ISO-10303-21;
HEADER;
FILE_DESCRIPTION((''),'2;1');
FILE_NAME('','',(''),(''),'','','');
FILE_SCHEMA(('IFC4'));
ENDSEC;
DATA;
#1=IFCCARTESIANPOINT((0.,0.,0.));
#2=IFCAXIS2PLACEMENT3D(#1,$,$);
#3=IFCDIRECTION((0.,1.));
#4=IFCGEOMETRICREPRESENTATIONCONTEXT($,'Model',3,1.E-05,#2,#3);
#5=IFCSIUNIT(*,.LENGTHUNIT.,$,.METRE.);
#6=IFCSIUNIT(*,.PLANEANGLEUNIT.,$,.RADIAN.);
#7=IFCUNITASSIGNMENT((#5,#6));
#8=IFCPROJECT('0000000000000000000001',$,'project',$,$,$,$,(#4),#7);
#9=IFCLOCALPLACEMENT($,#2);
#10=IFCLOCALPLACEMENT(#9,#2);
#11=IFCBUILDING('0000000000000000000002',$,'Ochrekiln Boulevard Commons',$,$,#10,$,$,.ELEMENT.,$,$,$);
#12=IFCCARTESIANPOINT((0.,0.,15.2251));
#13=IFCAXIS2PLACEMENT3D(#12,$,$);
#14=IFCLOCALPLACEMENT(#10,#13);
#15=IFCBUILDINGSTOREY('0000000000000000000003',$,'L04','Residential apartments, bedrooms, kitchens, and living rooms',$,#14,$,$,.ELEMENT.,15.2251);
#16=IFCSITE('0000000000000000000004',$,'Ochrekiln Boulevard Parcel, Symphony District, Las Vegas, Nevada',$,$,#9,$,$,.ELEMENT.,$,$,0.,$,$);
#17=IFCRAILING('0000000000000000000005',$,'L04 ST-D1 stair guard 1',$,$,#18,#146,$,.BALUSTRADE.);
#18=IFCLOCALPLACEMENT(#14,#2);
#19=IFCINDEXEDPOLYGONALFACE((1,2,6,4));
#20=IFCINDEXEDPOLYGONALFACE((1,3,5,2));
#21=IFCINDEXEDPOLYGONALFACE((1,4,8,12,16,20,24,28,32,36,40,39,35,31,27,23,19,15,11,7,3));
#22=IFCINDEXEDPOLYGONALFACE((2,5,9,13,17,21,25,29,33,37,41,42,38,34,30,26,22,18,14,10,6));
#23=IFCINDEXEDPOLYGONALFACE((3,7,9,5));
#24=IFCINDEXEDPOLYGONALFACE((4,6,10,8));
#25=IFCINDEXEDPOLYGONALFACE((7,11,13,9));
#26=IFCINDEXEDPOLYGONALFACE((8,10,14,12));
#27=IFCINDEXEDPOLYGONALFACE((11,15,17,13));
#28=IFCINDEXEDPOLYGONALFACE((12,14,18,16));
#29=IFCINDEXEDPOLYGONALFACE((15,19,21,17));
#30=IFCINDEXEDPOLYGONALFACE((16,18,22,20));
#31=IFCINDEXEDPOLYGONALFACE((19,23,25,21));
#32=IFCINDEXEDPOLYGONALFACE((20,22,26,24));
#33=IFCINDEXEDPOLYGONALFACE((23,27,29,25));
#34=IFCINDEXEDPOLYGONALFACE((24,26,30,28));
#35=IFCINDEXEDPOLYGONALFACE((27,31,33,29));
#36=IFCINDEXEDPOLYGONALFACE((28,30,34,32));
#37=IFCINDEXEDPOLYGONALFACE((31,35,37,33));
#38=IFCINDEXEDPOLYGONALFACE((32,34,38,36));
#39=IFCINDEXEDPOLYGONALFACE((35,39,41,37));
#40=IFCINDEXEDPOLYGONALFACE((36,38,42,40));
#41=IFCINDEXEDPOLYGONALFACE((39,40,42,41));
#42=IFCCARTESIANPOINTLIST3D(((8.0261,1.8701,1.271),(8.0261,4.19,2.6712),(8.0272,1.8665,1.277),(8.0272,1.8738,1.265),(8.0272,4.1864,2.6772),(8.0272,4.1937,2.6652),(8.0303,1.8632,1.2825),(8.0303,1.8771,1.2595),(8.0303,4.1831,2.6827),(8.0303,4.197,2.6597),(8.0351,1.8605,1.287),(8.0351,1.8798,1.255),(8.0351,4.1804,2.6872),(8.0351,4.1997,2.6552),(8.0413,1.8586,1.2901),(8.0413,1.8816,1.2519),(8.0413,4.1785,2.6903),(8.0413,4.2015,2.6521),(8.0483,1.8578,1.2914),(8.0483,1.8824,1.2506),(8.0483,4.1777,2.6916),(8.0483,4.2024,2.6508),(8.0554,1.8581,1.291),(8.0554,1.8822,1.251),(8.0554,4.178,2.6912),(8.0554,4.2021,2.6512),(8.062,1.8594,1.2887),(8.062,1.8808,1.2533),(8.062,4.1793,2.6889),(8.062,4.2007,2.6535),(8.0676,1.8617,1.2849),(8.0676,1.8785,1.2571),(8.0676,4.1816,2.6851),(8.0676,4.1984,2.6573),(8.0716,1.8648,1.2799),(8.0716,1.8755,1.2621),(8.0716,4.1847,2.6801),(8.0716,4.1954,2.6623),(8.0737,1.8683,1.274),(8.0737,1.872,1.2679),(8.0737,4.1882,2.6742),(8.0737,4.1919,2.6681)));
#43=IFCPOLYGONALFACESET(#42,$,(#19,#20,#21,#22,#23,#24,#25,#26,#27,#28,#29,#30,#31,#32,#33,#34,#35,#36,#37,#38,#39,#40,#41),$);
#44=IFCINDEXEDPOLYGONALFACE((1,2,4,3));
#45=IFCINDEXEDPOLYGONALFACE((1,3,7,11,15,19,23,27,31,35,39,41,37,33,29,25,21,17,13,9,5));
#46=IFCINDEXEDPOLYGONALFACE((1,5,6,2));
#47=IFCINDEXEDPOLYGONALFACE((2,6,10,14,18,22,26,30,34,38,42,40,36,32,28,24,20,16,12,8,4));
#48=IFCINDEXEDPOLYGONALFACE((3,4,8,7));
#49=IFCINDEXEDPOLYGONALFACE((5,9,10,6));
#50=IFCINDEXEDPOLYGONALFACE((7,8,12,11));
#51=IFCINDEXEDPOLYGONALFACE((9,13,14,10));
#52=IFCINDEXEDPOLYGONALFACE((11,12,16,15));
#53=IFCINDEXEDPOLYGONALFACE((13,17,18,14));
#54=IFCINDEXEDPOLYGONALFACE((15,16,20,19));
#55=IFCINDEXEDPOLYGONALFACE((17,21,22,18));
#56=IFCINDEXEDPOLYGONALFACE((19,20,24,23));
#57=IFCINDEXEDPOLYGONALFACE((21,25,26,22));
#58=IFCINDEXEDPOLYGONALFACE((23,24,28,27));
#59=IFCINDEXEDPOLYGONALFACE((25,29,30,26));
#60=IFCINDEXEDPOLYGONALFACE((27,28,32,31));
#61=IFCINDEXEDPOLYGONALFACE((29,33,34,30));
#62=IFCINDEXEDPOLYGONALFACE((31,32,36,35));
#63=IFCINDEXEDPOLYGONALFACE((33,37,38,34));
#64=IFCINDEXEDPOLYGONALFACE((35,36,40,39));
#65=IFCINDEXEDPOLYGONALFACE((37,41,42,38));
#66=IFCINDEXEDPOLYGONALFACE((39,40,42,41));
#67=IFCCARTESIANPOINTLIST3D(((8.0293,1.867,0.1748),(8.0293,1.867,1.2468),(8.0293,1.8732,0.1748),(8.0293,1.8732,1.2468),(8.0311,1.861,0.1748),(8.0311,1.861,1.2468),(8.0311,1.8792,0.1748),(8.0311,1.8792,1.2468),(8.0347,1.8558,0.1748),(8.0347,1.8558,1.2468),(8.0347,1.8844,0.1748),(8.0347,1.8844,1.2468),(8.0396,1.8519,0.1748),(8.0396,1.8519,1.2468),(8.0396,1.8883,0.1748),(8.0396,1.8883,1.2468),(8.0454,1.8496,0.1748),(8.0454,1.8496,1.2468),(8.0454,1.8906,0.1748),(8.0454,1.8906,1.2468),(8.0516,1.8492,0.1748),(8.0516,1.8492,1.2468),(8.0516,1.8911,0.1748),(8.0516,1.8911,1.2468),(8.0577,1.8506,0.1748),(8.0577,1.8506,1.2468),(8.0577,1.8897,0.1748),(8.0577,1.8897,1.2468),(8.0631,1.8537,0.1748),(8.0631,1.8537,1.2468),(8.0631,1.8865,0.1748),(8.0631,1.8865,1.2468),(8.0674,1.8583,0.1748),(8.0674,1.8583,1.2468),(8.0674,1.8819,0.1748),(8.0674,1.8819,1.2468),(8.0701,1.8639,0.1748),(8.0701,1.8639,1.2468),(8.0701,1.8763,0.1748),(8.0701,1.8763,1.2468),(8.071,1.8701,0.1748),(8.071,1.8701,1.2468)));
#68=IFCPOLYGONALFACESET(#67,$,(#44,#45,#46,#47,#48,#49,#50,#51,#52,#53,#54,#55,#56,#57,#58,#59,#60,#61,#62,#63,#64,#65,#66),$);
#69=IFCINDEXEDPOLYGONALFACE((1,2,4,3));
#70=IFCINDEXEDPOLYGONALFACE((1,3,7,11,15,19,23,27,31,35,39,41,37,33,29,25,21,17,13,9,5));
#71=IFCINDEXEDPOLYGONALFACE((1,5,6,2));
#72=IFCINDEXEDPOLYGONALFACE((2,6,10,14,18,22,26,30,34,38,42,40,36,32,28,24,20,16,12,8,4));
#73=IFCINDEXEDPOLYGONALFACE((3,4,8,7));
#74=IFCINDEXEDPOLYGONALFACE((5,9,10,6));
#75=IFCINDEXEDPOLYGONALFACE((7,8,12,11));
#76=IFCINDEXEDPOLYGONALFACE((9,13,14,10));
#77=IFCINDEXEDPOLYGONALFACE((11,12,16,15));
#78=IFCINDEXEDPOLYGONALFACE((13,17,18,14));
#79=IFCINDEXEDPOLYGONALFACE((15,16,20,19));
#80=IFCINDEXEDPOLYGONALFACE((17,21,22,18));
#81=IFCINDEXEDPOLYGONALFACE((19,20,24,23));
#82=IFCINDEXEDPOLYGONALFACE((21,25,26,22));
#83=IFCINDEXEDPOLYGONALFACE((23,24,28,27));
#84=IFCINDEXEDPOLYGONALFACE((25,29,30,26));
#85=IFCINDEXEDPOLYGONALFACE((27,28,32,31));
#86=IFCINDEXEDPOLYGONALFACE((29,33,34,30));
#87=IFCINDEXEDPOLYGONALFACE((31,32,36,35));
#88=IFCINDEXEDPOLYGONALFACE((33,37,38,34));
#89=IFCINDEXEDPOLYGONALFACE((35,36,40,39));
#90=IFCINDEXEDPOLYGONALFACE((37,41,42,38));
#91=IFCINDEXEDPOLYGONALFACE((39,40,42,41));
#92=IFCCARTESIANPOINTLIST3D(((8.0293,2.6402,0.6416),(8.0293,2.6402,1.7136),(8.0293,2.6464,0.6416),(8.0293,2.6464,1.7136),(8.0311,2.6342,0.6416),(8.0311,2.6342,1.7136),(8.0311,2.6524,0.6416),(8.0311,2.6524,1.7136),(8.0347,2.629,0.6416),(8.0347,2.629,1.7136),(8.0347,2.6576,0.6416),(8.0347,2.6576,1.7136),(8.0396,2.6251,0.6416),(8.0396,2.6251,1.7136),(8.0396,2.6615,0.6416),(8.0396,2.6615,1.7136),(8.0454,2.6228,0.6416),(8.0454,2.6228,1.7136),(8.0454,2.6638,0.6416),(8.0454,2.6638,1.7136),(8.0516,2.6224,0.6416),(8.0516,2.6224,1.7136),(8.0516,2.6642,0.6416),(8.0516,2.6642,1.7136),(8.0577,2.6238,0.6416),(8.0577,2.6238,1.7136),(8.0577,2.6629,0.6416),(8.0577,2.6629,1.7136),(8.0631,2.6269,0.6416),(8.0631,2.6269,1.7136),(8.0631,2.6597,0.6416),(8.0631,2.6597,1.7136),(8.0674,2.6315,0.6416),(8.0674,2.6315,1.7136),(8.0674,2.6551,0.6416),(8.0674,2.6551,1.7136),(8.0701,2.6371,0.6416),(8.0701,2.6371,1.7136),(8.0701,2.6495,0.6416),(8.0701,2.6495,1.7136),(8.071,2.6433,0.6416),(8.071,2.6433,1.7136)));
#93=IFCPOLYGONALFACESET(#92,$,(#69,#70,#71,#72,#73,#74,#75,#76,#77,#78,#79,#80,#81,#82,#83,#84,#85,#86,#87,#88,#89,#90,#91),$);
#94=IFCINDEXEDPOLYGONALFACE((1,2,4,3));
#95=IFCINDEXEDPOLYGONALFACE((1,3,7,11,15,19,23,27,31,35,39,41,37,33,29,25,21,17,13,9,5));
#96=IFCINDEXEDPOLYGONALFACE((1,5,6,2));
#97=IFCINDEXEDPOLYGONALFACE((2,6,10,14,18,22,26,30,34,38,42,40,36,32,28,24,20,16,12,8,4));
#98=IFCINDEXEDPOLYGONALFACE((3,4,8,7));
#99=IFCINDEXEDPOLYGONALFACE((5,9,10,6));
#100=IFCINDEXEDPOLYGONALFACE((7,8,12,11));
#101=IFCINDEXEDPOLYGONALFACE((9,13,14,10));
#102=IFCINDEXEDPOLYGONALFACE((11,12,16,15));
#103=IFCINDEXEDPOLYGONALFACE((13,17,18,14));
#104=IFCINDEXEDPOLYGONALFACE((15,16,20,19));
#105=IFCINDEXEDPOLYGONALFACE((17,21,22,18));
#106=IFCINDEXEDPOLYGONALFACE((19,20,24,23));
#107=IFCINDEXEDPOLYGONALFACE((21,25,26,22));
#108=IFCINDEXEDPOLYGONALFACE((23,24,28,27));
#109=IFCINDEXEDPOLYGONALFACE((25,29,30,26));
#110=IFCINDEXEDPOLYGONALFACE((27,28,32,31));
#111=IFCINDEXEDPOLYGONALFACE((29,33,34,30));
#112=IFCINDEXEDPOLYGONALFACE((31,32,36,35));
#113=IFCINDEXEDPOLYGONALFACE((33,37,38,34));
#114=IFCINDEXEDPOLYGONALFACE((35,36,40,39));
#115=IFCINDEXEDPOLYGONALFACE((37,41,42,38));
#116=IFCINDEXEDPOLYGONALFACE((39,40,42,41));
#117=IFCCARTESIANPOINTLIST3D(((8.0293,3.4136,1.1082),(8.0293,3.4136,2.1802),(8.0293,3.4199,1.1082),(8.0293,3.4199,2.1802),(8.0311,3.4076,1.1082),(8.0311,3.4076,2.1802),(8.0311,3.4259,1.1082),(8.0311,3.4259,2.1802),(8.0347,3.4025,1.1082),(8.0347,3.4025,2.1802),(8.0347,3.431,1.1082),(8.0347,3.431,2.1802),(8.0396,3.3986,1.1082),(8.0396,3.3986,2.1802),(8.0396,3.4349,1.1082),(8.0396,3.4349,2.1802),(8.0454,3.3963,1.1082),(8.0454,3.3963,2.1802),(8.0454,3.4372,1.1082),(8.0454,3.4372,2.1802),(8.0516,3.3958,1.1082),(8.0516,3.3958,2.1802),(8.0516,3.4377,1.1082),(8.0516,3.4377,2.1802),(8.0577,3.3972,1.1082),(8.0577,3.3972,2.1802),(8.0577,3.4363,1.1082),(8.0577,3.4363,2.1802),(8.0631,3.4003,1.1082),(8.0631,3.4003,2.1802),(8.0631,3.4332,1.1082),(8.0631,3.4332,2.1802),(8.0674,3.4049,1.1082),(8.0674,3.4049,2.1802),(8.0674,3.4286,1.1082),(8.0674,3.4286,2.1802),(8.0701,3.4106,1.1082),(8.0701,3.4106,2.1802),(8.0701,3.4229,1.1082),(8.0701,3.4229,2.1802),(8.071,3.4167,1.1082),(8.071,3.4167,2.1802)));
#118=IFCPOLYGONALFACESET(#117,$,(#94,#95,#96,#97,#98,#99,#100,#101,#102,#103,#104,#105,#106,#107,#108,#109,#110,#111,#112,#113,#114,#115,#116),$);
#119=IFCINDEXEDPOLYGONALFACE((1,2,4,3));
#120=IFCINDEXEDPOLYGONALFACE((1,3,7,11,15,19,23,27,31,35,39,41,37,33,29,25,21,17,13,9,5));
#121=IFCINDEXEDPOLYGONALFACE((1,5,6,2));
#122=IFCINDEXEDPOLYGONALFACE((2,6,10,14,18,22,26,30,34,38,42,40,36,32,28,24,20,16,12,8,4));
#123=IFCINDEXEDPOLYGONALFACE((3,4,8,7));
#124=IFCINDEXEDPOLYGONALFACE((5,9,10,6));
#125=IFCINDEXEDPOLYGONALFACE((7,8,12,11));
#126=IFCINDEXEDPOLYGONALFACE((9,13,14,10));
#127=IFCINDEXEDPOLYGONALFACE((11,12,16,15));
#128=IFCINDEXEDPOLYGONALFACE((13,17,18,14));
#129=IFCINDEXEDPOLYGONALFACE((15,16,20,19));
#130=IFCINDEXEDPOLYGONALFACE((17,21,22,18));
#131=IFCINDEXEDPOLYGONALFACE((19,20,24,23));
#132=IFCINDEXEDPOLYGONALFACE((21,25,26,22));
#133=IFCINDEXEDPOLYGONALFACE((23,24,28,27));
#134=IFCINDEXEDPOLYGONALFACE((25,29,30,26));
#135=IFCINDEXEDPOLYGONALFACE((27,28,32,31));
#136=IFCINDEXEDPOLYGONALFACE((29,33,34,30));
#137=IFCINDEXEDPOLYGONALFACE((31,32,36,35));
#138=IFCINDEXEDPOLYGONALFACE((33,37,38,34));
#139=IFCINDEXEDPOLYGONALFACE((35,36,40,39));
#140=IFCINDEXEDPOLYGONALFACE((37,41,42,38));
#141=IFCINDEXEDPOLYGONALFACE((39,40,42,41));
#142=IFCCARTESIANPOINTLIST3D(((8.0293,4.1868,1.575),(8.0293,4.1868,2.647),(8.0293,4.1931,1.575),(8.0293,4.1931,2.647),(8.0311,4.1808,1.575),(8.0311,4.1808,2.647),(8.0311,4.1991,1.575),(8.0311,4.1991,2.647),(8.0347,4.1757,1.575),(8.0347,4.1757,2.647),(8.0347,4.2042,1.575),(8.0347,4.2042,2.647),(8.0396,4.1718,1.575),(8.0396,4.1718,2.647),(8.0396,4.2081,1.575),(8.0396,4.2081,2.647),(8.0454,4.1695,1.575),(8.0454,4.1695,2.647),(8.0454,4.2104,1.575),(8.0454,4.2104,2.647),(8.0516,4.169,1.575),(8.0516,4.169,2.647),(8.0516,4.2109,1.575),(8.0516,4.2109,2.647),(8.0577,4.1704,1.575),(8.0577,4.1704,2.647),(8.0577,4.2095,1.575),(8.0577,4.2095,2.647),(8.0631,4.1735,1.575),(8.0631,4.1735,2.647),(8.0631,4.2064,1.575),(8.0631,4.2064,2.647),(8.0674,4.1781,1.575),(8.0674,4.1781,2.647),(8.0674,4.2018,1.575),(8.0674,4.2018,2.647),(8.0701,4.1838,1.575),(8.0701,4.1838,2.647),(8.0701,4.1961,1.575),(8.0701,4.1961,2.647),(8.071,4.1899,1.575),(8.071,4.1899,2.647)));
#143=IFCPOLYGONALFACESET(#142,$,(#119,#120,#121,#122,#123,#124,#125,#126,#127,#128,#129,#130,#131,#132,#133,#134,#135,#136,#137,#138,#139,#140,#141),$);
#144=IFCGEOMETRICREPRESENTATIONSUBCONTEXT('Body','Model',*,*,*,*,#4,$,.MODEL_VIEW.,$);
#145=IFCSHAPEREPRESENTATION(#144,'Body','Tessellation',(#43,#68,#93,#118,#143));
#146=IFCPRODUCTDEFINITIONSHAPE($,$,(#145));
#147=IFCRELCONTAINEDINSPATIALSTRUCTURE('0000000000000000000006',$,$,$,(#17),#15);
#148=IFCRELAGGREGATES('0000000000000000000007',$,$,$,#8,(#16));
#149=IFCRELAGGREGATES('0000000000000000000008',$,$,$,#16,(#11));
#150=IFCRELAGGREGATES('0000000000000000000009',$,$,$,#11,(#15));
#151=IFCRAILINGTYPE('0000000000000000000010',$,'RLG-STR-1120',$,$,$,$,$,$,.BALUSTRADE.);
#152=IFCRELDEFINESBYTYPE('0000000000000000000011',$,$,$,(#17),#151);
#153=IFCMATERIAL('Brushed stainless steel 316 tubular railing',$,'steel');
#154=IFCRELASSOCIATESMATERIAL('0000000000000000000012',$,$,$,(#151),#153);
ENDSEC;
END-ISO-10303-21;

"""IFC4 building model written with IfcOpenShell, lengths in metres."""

from ifc_helpers import new_model, si_unit, direction, frame, origin, origin_2d, place, context, subcontext, project, spatial, circle, extrude, material, type_object, element, save


model = new_model("IFC4")

# Units and contexts
model_context = context("Model", 3, precision=1e-05, world=origin(), true_north=direction((0.0, 1.0)))
body_context = subcontext(model_context, "Body", "Model", "MODEL_VIEW")
ifc_project = project(units=[si_unit("LENGTHUNIT", "METRE"), si_unit("PLANEANGLEUNIT", "RADIAN")], contexts=[model_context])

# Site, building, storey
site_placement = place(None, origin())
site = spatial("IfcSite", under=ifc_project, at=site_placement, Name="Ochrekiln Boulevard Parcel, Symphony District, Las Vegas, Nevada", CompositionType="ELEMENT", RefElevation=0.0)
building_placement = place(site_placement, origin())
building = spatial("IfcBuilding", under=site, at=building_placement, Name="Ochrekiln Boulevard Commons", CompositionType="ELEMENT")
storey_placement = place(building_placement, frame((0.0, 0.0, 15.2251)))
storey = spatial("IfcBuildingStorey", under=building, at=storey_placement, Name="L04", Description="Residential apartments, bedrooms, kitchens, and living rooms", CompositionType="ELEMENT", Elevation=15.2251)

# Railing
ifc_material_1 = material(Name="Brushed stainless steel 316 tubular railing", Category="steel")
railing_type_1 = type_object("IfcRailingType", Name="RLG-STR-1120", PredefinedType="BALUSTRADE", material=ifc_material_1)
railing_1_placement = place(storey_placement, frame((8.05, 1.8701, 0.1748)))
element("IfcRailing", 1, at=railing_1_placement, inside=storey, type_object=railing_type_1, Name="L04 ST-D1 stair guard 1", PredefinedType="BALUSTRADE", context=body_context, shape_type="SweptSolid", body=[
    extrude(circle(Radius=0.0239, at=origin_2d()), frame((0.0, 0.0, 1.0962), z_axis=(0.0, 0.856146, 0.516733), x_axis=(-1.0, 0.0, 0.0)), (0.0, 0.0, 1.0), 2.7097),
    extrude(circle(Radius=0.021, at=origin_2d()), origin(), (0.0, 0.0, 1.0), 1.072),
    extrude(circle(Radius=0.021, at=origin_2d()), frame((0.0, 0.7732, 0.4668)), (0.0, 0.0, 1.0), 1.072),
    extrude(circle(Radius=0.021, at=origin_2d()), frame((0.0, 1.5466, 0.9333)), (0.0, 0.0, 1.0), 1.072),
    extrude(circle(Radius=0.021, at=origin_2d()), frame((0.0, 2.3198, 1.4001)), (0.0, 0.0, 1.0), 1.072),
])

save(model, "model.ifc")
